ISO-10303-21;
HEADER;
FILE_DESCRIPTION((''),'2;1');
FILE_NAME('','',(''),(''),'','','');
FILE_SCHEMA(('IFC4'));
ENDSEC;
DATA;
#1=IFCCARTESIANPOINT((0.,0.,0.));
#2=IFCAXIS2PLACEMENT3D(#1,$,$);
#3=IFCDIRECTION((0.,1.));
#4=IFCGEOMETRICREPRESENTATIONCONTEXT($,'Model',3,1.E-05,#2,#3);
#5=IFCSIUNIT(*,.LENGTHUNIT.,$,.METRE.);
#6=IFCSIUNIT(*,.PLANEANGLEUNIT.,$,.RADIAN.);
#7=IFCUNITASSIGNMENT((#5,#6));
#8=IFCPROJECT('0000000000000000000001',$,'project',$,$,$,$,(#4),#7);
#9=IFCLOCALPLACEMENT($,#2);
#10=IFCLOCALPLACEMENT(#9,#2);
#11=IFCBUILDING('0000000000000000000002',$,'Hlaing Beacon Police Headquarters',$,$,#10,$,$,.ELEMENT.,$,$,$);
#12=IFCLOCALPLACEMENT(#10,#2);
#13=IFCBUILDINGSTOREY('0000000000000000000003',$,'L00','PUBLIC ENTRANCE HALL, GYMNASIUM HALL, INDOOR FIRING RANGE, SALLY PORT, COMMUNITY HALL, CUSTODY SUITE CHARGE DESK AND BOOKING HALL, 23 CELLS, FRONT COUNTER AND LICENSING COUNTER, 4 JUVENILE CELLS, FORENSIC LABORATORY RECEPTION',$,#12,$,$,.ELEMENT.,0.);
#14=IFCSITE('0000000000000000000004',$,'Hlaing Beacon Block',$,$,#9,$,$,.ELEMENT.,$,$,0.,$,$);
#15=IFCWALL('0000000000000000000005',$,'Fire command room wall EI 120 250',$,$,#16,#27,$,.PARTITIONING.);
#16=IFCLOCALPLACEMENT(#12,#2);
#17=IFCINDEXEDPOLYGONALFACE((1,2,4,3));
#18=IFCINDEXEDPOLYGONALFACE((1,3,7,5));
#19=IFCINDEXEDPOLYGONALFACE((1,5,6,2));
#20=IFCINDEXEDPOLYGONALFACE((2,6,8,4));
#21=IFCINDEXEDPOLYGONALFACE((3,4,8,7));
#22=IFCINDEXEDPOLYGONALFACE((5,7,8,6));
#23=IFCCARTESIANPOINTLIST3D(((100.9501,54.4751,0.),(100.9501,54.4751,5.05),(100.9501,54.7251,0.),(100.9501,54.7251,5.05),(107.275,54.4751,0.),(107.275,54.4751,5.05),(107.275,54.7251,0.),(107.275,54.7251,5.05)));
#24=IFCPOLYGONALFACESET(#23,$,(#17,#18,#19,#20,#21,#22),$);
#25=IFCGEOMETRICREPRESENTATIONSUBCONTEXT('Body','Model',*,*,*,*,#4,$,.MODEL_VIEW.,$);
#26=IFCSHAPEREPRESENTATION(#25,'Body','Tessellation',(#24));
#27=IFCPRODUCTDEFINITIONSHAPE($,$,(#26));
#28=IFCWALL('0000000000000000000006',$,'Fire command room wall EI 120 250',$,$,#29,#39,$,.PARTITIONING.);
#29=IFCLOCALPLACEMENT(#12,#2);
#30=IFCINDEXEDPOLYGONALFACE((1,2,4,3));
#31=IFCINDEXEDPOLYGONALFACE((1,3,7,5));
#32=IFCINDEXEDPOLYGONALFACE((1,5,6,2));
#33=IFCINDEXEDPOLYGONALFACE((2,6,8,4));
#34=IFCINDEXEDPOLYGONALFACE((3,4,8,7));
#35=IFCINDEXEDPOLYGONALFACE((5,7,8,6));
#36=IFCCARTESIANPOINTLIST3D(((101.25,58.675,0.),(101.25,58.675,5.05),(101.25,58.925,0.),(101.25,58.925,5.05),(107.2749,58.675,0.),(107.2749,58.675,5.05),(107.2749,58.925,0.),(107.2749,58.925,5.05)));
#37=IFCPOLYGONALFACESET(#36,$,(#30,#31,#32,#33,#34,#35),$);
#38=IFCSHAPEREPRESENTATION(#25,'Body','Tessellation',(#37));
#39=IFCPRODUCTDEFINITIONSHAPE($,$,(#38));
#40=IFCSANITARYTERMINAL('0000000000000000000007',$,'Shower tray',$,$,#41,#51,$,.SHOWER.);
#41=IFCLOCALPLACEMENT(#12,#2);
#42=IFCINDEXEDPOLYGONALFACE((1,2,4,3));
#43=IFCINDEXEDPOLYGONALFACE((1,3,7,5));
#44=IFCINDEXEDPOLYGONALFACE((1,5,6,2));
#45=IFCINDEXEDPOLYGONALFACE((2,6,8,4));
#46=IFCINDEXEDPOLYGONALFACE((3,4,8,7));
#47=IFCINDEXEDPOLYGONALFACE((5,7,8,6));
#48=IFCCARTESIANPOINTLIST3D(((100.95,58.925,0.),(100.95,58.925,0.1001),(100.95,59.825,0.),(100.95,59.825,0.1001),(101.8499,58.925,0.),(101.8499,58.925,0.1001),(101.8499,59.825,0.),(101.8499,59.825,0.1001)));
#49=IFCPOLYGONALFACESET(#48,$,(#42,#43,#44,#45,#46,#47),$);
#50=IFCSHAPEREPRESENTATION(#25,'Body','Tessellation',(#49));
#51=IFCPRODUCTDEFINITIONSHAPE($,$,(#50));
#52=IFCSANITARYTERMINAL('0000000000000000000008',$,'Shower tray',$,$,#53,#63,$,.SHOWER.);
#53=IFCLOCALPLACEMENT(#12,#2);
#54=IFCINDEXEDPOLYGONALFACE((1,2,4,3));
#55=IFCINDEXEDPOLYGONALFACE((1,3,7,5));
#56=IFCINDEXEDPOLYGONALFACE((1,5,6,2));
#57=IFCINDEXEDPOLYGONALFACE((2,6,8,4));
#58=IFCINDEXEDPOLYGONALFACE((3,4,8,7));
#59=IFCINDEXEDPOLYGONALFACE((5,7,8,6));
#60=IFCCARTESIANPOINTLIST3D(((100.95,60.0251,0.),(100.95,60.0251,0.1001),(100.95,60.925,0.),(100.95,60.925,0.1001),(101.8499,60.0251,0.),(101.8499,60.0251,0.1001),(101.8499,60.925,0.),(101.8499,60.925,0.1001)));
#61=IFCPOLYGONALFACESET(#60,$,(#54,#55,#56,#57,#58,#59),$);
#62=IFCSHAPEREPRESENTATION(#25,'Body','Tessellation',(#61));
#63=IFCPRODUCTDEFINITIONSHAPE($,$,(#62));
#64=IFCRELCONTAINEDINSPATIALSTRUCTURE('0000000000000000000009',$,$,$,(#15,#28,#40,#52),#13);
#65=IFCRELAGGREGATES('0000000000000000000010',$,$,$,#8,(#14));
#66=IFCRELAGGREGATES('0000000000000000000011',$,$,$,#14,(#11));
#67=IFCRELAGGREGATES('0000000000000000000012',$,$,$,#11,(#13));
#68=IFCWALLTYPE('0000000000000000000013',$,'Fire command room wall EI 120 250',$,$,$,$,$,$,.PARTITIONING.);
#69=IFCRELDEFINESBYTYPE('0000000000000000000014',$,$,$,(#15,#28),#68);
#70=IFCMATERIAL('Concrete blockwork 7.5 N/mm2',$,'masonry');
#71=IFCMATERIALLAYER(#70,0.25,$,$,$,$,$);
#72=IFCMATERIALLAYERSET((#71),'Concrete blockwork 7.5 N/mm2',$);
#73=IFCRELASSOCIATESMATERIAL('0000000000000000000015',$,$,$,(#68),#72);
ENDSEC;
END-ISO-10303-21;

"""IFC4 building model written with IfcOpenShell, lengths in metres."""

from ifc_helpers import new_model, si_unit, direction, frame, frame_2d, origin, origin_2d, place, context, subcontext, project, spatial, rectangle, extrude, material, layer, layer_set, type_object, element, save


model = new_model("IFC4")

# Units and contexts
model_context = context("Model", 3, precision=1e-05, world=origin(), true_north=direction((0.0, 1.0)))
body_context = subcontext(model_context, "Body", "Model", "MODEL_VIEW")
ifc_project = project(units=[si_unit("LENGTHUNIT", "METRE"), si_unit("PLANEANGLEUNIT", "RADIAN")], contexts=[model_context])

# Site, building, storey
site_placement = place(None, origin())
site = spatial("IfcSite", under=ifc_project, at=site_placement, Name="Hlaing Beacon Block", CompositionType="ELEMENT", RefElevation=0.0)
building_placement = place(site_placement, origin())
building = spatial("IfcBuilding", under=site, at=building_placement, Name="Hlaing Beacon Police Headquarters", CompositionType="ELEMENT")
storey_placement = place(building_placement, origin())
storey = spatial("IfcBuildingStorey", under=building, at=storey_placement, Name="L00", Description="PUBLIC ENTRANCE HALL, GYMNASIUM HALL, INDOOR FIRING RANGE, SALLY PORT, COMMUNITY HALL, CUSTODY SUITE CHARGE DESK AND BOOKING HALL, 23 CELLS, FRONT COUNTER AND LICENSING COUNTER, 4 JUVENILE CELLS, FORENSIC LABORATORY RECEPTION", CompositionType="ELEMENT", Elevation=0.0)

# Shared definitions
ifc_material_1 = material(Name="Concrete blockwork 7.5 N/mm2", Category="masonry")
ifc_layer_1 = layer(ifc_material_1, 0.25)
ifc_layer_set_1 = layer_set([ifc_layer_1], Name="Concrete blockwork 7.5 N/mm2")
wall_type_1 = type_object("IfcWallType", Name="Fire command room wall EI 120 250", PredefinedType="PARTITIONING", material=ifc_layer_set_1)

# Walls
wall_1_placement = place(storey_placement, frame((100.95, 54.6001, 0.0), z_axis=(0.0, 0.0, 1.0), x_axis=(1.0, 0.0, 0.0)))
element("IfcWall", 1, at=wall_1_placement, inside=storey, type_object=wall_type_1, Name="Fire command room wall EI 120 250", PredefinedType="PARTITIONING", context=body_context, shape_type="SweptSolid", body=[
    extrude(rectangle(XDim=6.325, YDim=0.25, at=frame_2d((3.1626, 0.0))), origin(), (0.0, 0.0, 1.0), 5.05),
])
wall_2_placement = place(storey_placement, frame((101.25, 58.8, 0.0), z_axis=(0.0, 0.0, 1.0), x_axis=(1.0, 0.0, 0.0)))
element("IfcWall", 2, at=wall_2_placement, inside=storey, type_object=wall_type_1, Name="Fire command room wall EI 120 250", PredefinedType="PARTITIONING", context=body_context, shape_type="SweptSolid", body=[
    extrude(rectangle(XDim=6.0249, YDim=0.25, at=frame_2d((3.0125, 0.0))), origin(), (0.0, 0.0, 1.0), 5.05),
])

# Sanitary terminals
for number, where, z_axis, x_axis, name in (
    (3, (101.3999, 59.375, 0.0), (0.0, 0.0, 1.0), (1.0, 0.0, 0.0), "Shower tray"),
    (4, (101.3999, 60.4751, 0.0), (0.0, 0.0, 1.0), (1.0, 0.0, 0.0), "Shower tray"),
):
    element("IfcSanitaryTerminal", number, at=place(storey_placement, frame(where, z_axis=z_axis, x_axis=x_axis)), inside=storey, Name=name, PredefinedType="SHOWER", context=body_context, shape_type="SweptSolid", body=[
        extrude(rectangle(XDim=0.8999, YDim=0.8999, at=origin_2d()), origin(), (0.0, 0.0, 1.0), 0.1001),
    ])

save(model, "model.ifc")
